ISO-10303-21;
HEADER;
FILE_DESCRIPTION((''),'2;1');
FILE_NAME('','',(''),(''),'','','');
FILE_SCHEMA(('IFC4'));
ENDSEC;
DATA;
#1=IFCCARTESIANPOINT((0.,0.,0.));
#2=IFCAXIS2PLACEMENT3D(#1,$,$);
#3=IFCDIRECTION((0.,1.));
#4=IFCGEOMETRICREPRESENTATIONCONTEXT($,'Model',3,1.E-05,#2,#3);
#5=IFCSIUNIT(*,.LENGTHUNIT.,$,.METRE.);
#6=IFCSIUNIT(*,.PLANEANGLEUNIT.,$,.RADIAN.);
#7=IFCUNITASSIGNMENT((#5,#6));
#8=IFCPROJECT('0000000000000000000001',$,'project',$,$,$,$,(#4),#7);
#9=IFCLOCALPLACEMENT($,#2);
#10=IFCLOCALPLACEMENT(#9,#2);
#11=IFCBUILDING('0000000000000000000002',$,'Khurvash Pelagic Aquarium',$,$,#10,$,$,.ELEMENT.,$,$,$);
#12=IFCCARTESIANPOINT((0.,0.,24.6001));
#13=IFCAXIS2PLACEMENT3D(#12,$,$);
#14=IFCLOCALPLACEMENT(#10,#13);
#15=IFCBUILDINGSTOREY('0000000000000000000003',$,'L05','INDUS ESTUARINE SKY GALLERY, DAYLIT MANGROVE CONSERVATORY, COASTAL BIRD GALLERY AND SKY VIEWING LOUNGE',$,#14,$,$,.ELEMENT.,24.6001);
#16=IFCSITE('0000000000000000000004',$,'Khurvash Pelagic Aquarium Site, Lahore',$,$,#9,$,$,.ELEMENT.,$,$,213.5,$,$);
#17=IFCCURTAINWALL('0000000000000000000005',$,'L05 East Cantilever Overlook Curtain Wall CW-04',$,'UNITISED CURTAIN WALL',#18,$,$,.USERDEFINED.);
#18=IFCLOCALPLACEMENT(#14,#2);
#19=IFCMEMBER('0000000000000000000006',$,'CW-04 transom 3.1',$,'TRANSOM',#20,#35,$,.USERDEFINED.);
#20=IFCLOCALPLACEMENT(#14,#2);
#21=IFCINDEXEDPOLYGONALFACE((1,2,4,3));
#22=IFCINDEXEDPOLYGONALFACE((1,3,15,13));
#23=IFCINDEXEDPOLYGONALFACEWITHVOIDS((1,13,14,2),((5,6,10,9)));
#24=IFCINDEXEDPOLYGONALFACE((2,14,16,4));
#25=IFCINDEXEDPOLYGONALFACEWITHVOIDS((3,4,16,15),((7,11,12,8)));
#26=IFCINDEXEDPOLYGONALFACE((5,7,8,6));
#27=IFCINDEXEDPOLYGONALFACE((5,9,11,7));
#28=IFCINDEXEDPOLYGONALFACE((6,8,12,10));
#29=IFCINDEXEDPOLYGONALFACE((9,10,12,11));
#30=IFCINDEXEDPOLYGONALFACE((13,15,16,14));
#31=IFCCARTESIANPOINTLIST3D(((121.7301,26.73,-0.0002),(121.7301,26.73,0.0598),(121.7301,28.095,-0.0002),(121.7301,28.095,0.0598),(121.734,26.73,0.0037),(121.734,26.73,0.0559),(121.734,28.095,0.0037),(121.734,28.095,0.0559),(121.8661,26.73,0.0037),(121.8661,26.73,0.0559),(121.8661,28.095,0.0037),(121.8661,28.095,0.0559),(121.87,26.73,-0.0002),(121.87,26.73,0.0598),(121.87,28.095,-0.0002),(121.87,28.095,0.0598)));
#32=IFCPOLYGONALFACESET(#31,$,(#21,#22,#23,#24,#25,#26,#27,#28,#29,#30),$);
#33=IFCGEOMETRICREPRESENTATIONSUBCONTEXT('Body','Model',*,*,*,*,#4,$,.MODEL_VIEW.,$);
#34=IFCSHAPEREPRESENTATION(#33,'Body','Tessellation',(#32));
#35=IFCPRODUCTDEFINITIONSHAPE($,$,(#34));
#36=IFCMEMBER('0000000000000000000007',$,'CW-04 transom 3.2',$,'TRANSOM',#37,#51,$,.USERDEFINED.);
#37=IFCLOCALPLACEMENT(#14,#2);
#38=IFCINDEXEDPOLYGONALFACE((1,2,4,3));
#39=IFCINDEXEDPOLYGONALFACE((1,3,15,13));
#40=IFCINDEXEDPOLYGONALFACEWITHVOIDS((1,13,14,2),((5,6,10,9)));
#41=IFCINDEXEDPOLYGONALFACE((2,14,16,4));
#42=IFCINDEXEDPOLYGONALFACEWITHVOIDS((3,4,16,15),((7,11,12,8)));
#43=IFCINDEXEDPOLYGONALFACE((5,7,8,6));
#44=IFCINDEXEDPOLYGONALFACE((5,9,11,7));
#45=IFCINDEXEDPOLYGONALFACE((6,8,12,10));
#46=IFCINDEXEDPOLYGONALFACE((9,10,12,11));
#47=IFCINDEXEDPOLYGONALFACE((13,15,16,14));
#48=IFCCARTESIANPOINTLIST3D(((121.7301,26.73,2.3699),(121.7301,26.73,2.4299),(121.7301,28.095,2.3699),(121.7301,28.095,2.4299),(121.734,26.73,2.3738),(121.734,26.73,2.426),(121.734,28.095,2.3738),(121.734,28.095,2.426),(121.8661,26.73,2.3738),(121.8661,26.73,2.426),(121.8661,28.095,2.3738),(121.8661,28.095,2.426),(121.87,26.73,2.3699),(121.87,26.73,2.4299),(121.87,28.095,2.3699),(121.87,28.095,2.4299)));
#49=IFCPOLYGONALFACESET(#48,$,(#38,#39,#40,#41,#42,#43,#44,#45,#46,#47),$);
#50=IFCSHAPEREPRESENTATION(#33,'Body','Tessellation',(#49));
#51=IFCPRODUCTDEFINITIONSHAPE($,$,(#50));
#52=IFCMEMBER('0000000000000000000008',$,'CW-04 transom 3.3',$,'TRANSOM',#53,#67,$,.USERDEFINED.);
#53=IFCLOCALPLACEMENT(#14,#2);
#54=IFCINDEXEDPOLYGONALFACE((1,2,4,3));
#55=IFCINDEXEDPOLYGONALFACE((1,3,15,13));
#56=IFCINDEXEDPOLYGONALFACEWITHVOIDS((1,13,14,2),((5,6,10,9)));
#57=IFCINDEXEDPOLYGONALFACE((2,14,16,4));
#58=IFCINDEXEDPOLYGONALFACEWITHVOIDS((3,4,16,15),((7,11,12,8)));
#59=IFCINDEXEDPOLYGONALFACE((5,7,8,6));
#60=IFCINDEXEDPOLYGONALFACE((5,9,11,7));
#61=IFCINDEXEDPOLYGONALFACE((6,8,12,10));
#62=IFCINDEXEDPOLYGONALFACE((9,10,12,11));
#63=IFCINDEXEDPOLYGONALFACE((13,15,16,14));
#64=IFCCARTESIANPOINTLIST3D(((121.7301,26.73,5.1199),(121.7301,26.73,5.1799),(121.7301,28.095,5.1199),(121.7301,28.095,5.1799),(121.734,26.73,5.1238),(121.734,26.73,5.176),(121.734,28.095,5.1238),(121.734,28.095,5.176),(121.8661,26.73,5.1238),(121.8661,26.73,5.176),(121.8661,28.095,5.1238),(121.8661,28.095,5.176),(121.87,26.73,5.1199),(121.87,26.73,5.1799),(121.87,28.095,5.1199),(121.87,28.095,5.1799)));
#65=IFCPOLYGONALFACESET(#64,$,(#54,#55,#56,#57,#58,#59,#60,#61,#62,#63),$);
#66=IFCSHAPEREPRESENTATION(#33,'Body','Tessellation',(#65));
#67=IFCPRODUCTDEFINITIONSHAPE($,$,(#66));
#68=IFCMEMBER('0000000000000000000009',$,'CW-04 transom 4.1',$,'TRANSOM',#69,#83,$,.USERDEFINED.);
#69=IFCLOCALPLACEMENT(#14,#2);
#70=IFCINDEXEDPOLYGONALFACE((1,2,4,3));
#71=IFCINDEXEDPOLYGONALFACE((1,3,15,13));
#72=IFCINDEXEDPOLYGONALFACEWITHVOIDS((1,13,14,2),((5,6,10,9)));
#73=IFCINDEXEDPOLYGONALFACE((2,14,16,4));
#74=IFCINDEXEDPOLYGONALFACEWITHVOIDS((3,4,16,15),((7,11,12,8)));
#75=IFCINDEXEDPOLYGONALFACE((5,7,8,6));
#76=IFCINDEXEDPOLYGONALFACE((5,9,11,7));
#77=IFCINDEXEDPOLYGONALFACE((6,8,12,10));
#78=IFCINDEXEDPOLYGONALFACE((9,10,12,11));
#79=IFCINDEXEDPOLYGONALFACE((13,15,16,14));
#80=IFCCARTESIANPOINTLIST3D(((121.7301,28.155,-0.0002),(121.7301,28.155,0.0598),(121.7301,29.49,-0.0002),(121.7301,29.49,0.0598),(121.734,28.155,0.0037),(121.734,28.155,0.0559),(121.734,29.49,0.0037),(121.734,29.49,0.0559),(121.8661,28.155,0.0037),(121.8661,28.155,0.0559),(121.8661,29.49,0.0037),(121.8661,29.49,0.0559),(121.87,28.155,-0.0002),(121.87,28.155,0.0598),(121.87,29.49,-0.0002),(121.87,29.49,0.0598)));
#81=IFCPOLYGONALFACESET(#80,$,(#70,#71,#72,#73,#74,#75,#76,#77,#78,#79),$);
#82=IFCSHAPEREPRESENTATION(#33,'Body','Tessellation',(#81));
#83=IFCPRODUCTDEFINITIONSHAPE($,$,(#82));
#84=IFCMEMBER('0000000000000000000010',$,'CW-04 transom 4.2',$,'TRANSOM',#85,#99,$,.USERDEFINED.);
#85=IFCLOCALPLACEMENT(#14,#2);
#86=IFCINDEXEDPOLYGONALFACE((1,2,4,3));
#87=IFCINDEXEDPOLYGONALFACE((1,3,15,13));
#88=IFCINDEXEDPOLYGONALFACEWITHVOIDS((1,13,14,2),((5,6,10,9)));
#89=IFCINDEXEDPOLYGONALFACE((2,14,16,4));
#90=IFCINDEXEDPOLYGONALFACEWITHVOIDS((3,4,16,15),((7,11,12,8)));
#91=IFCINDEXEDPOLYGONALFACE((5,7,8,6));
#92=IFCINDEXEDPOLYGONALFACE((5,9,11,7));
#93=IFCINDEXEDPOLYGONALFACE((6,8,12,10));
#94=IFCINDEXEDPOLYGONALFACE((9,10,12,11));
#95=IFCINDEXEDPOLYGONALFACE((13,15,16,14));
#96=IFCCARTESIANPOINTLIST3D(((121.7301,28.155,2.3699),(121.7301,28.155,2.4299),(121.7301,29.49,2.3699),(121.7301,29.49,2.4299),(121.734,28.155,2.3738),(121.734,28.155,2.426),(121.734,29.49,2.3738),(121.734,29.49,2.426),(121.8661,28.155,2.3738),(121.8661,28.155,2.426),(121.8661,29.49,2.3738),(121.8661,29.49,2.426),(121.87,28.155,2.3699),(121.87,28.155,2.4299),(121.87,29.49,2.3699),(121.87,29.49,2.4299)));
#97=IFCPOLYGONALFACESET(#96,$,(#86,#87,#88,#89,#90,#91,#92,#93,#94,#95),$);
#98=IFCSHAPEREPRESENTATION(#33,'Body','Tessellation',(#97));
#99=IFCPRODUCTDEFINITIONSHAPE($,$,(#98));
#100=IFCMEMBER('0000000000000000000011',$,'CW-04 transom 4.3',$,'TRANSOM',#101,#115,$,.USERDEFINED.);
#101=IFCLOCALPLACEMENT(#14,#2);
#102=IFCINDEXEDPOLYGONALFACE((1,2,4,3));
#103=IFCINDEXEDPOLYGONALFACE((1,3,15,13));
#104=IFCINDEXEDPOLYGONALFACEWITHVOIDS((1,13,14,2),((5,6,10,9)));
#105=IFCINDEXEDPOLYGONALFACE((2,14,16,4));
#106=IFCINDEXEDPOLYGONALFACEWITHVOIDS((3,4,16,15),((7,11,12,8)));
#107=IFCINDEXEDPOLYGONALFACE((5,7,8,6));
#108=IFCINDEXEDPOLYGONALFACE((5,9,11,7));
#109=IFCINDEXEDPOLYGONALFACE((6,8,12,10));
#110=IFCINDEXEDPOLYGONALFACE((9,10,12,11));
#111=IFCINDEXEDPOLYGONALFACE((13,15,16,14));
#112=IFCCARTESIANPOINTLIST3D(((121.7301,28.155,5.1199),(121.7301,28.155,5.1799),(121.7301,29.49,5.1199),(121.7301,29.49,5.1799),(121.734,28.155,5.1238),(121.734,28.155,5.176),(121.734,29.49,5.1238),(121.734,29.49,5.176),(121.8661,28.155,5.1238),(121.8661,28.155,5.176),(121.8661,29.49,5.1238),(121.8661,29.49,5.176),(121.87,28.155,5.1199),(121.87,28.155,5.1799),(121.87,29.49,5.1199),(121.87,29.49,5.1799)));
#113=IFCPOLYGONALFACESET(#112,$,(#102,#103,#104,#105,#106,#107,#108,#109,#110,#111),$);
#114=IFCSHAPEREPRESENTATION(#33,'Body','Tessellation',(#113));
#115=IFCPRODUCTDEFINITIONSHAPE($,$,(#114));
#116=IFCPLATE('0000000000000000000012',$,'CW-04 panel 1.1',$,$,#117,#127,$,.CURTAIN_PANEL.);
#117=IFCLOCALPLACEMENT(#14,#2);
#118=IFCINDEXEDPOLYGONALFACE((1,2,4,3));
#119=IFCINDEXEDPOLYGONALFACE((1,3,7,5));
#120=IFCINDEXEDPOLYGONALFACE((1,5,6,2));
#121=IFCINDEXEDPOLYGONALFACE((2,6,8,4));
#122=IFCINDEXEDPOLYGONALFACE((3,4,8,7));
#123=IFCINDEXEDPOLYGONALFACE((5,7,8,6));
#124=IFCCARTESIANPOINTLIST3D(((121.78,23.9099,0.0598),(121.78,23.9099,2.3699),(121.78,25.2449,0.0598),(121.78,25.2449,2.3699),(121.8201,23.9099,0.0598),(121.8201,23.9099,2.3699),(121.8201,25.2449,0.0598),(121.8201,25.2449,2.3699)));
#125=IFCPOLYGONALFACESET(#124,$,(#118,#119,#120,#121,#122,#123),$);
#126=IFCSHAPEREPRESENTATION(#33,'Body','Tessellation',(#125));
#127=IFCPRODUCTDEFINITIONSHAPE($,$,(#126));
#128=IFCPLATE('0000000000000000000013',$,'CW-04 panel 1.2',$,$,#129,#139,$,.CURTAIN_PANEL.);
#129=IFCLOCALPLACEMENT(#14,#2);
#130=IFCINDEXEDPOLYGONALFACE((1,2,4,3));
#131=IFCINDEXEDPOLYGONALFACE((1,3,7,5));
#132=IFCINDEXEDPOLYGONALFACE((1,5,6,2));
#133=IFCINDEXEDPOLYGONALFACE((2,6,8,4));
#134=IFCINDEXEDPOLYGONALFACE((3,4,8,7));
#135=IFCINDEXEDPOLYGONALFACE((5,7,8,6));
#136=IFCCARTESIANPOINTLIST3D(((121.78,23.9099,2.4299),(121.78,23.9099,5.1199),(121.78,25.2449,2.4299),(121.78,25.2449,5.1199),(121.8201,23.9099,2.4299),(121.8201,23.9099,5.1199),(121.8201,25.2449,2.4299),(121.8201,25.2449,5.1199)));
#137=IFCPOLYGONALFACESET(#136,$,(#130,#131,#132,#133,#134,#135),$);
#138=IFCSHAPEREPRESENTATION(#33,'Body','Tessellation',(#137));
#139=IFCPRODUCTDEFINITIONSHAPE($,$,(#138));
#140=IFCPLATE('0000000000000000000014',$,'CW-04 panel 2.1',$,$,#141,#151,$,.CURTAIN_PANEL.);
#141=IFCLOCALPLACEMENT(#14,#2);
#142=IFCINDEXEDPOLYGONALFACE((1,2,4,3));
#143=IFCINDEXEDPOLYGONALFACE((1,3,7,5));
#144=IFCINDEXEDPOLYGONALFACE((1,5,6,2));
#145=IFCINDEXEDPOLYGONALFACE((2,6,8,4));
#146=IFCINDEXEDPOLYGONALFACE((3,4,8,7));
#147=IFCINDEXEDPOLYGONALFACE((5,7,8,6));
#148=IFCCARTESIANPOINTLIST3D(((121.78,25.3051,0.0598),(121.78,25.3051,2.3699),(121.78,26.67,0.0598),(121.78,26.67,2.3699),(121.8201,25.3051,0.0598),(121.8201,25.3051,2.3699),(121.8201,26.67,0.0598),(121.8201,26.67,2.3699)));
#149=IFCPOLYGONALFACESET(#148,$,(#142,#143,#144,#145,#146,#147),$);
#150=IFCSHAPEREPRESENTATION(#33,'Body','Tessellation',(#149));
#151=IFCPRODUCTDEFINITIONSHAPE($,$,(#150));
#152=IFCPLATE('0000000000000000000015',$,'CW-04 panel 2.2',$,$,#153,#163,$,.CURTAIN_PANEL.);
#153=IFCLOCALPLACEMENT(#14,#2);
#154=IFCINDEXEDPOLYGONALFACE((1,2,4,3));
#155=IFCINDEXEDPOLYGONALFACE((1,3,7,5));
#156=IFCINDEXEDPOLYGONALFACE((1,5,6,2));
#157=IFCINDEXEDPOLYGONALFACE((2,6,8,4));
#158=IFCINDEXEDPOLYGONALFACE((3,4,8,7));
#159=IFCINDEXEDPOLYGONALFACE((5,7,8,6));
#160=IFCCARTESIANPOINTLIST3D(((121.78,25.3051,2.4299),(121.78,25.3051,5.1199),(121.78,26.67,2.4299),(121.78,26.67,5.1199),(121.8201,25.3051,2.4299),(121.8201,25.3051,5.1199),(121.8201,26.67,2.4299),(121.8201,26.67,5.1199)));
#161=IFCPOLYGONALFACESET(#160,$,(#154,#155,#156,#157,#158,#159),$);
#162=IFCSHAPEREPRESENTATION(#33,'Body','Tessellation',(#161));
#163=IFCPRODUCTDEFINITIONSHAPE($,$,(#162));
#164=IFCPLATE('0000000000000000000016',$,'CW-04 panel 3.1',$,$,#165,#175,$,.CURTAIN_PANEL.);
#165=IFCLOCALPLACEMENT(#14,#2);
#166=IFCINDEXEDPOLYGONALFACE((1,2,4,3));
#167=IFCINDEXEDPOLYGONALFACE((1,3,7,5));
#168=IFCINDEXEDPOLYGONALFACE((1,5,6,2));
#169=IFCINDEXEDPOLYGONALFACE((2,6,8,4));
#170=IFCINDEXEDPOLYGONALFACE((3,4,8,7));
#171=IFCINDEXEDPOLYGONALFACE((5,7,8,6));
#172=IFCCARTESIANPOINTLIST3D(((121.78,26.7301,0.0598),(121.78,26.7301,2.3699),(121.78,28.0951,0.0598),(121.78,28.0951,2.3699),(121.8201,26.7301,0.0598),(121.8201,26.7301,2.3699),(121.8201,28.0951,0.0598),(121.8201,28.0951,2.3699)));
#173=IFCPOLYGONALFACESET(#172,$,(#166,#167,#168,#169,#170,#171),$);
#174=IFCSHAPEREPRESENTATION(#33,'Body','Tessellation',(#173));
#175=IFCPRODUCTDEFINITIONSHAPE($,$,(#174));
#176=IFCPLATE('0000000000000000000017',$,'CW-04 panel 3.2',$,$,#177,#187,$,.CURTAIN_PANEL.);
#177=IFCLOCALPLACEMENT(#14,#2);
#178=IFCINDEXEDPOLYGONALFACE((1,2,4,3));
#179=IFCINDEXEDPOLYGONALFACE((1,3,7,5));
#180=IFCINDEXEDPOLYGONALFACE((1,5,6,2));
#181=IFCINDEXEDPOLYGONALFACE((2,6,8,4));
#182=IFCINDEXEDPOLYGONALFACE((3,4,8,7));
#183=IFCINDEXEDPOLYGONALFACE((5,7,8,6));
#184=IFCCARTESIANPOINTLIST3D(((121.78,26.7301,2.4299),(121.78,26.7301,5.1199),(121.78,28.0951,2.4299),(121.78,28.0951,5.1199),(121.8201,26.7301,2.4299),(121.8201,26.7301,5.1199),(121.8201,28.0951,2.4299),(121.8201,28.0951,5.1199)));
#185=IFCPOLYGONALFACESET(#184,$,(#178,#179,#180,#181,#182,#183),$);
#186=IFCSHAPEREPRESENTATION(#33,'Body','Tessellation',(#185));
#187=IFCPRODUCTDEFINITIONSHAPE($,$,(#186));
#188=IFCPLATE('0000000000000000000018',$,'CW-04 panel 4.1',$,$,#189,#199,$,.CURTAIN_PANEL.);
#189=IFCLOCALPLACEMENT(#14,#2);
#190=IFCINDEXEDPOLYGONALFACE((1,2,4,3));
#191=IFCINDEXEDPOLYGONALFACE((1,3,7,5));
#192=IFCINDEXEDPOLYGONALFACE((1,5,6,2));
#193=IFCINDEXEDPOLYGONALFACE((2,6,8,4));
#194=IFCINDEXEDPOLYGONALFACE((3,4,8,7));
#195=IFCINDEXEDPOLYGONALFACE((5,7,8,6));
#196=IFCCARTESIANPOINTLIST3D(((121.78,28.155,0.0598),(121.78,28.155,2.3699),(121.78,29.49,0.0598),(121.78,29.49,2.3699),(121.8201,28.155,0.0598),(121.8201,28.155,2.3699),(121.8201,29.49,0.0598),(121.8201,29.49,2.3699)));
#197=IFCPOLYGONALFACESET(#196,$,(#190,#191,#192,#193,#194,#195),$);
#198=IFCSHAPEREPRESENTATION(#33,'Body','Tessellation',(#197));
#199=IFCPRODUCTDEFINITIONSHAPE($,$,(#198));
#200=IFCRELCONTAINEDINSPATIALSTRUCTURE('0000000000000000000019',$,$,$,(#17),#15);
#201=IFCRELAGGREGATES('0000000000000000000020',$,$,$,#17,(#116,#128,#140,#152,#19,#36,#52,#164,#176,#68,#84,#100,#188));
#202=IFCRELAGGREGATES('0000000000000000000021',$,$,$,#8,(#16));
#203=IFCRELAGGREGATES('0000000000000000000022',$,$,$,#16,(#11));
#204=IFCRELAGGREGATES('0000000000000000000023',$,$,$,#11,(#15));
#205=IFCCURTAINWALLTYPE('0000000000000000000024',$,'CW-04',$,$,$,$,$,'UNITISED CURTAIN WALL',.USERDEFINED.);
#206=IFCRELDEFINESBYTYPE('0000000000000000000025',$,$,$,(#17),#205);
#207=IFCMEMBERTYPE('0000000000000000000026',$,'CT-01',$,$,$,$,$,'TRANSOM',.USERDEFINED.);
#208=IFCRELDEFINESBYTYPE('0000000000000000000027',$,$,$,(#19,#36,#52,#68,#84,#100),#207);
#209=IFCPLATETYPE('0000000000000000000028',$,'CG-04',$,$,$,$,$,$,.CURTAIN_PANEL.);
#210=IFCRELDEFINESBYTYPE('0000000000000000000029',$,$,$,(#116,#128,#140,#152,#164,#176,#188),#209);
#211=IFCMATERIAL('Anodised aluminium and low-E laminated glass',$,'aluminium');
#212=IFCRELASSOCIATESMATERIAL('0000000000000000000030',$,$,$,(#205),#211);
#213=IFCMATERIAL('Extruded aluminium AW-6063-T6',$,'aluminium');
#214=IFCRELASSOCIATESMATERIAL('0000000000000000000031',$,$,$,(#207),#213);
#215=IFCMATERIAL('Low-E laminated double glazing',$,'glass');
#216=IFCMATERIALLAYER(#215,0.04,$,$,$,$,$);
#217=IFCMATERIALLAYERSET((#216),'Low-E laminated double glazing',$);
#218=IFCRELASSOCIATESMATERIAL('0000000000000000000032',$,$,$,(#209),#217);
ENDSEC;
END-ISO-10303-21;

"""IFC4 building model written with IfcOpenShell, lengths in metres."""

from ifc_helpers import new_model, si_unit, direction, frame, origin, origin_2d, place, context, subcontext, project, spatial, rectangle, hollow_rectangle, extrude, material, layer, layer_set, material_profile, profile_set, type_object, element, aggregate, save


model = new_model("IFC4")

# Units and contexts
model_context = context("Model", 3, precision=1e-05, world=origin(), true_north=direction((0.0, 1.0)))
body_context = subcontext(model_context, "Body", "Model", "MODEL_VIEW")
ifc_project = project(units=[si_unit("LENGTHUNIT", "METRE"), si_unit("PLANEANGLEUNIT", "RADIAN")], contexts=[model_context])

# Site, building, storey
site_placement = place(None, origin())
site = spatial("IfcSite", under=ifc_project, at=site_placement, Name="Khurvash Pelagic Aquarium Site, Lahore", CompositionType="ELEMENT", RefElevation=213.5)
building_placement = place(site_placement, origin())
building = spatial("IfcBuilding", under=site, at=building_placement, Name="Khurvash Pelagic Aquarium", CompositionType="ELEMENT")
storey_placement = place(building_placement, frame((0.0, 0.0, 24.6001)))
storey = spatial("IfcBuildingStorey", under=building, at=storey_placement, Name="L05", Description="INDUS ESTUARINE SKY GALLERY, DAYLIT MANGROVE CONSERVATORY, COASTAL BIRD GALLERY AND SKY VIEWING LOUNGE", CompositionType="ELEMENT", Elevation=24.6001)

# Curtain wall, members, plates
ifc_material_1 = material(Name="Anodised aluminium and low-E laminated glass", Category="aluminium")
curtain_wall_type = type_object("IfcCurtainWallType", Name="CW-04", ElementType="UNITISED CURTAIN WALL", PredefinedType="USERDEFINED", material=ifc_material_1)
curtain_wall_placement = place(storey_placement, origin())
curtain_wall = element("IfcCurtainWall", 1, at=curtain_wall_placement, inside=storey, type_object=curtain_wall_type, Name="L05 East Cantilever Overlook Curtain Wall CW-04", ObjectType="UNITISED CURTAIN WALL", PredefinedType="USERDEFINED")
ifc_material_2 = material(Name="Extruded aluminium AW-6063-T6", Category="aluminium")
ifc_material_profile_1 = material_profile(ifc_material_2, hollow_rectangle(XDim=0.1399, YDim=0.0601, WallThickness=0.0039, at=origin_2d()), Name="CWT140X60X4")
ifc_profile_set_1 = profile_set([ifc_material_profile_1], Name="Extruded aluminium AW-6063-T6")
member_type_1 = type_object("IfcMemberType", Name="CT-01", ElementType="TRANSOM", PredefinedType="USERDEFINED", material=ifc_profile_set_1)
member_1_placement = place(storey_placement, frame((121.8, 26.73, 0.0298), z_axis=(0.0, 1.0, 0.0), x_axis=(-1.0, 0.0, 0.0)))
member_1 = element("IfcMember", 2, at=member_1_placement, type_object=member_type_1, Name="CW-04 transom 3.1", ObjectType="TRANSOM", PredefinedType="USERDEFINED", context=body_context, shape_type="SweptSolid", body=[
    extrude(hollow_rectangle(XDim=0.1399, YDim=0.0601, WallThickness=0.0039, at=origin_2d()), origin(), (0.0, 0.0, 1.0), 1.365),
])
member_2_placement = place(storey_placement, frame((121.8, 26.73, 2.3999), z_axis=(0.0, 1.0, 0.0), x_axis=(-1.0, 0.0, 0.0)))
member_2 = element("IfcMember", 3, at=member_2_placement, type_object=member_type_1, Name="CW-04 transom 3.2", ObjectType="TRANSOM", PredefinedType="USERDEFINED", context=body_context, shape_type="SweptSolid", body=[
    extrude(hollow_rectangle(XDim=0.1399, YDim=0.0601, WallThickness=0.0039, at=origin_2d()), origin(), (0.0, 0.0, 1.0), 1.365),
])
member_3_placement = place(storey_placement, frame((121.8, 26.73, 5.1499), z_axis=(0.0, 1.0, 0.0), x_axis=(-1.0, 0.0, 0.0)))
member_3 = element("IfcMember", 4, at=member_3_placement, type_object=member_type_1, Name="CW-04 transom 3.3", ObjectType="TRANSOM", PredefinedType="USERDEFINED", context=body_context, shape_type="SweptSolid", body=[
    extrude(hollow_rectangle(XDim=0.1399, YDim=0.0601, WallThickness=0.0039, at=origin_2d()), origin(), (0.0, 0.0, 1.0), 1.365),
])
member_4_placement = place(storey_placement, frame((121.8, 28.155, 0.0298), z_axis=(0.0, 1.0, 0.0), x_axis=(-1.0, 0.0, 0.0)))
member_4 = element("IfcMember", 5, at=member_4_placement, type_object=member_type_1, Name="CW-04 transom 4.1", ObjectType="TRANSOM", PredefinedType="USERDEFINED", context=body_context, shape_type="SweptSolid", body=[
    extrude(hollow_rectangle(XDim=0.1399, YDim=0.0601, WallThickness=0.0039, at=origin_2d()), origin(), (0.0, 0.0, 1.0), 1.335),
])
member_5_placement = place(storey_placement, frame((121.8, 28.155, 2.3999), z_axis=(0.0, 1.0, 0.0), x_axis=(-1.0, 0.0, 0.0)))
member_5 = element("IfcMember", 6, at=member_5_placement, type_object=member_type_1, Name="CW-04 transom 4.2", ObjectType="TRANSOM", PredefinedType="USERDEFINED", context=body_context, shape_type="SweptSolid", body=[
    extrude(hollow_rectangle(XDim=0.1399, YDim=0.0601, WallThickness=0.0039, at=origin_2d()), origin(), (0.0, 0.0, 1.0), 1.335),
])
member_6_placement = place(storey_placement, frame((121.8, 28.155, 5.1499), z_axis=(0.0, 1.0, 0.0), x_axis=(-1.0, 0.0, 0.0)))
member_6 = element("IfcMember", 7, at=member_6_placement, type_object=member_type_1, Name="CW-04 transom 4.3", ObjectType="TRANSOM", PredefinedType="USERDEFINED", context=body_context, shape_type="SweptSolid", body=[
    extrude(hollow_rectangle(XDim=0.1399, YDim=0.0601, WallThickness=0.0039, at=origin_2d()), origin(), (0.0, 0.0, 1.0), 1.335),
])
ifc_material_3 = material(Name="Low-E laminated double glazing", Category="glass")
ifc_layer_1 = layer(ifc_material_3, 0.04)
ifc_layer_set_1 = layer_set([ifc_layer_1], Name="Low-E laminated double glazing")
plate_type_1 = type_object("IfcPlateType", Name="CG-04", PredefinedType="CURTAIN_PANEL", material=ifc_layer_set_1)
plate_1_placement = place(storey_placement, frame((121.8, 24.5774, 0.0598), z_axis=(0.0, 0.0, 1.0), x_axis=(0.0, 1.0, 0.0)))
plate_1 = element("IfcPlate", 8, at=plate_1_placement, type_object=plate_type_1, Name="CW-04 panel 1.1", PredefinedType="CURTAIN_PANEL", context=body_context, shape_type="SweptSolid", body=[
    extrude(rectangle(XDim=1.335, YDim=0.04, at=origin_2d()), origin(), (0.0, 0.0, 1.0), 2.3101),
])
plate_2_placement = place(storey_placement, frame((121.8, 24.5774, 2.4299), z_axis=(0.0, 0.0, 1.0), x_axis=(0.0, 1.0, 0.0)))
plate_2 = element("IfcPlate", 9, at=plate_2_placement, type_object=plate_type_1, Name="CW-04 panel 1.2", PredefinedType="CURTAIN_PANEL", context=body_context, shape_type="SweptSolid", body=[
    extrude(rectangle(XDim=1.335, YDim=0.04, at=origin_2d()), origin(), (0.0, 0.0, 1.0), 2.6899),
])
plate_3_placement = place(storey_placement, frame((121.8, 25.9875, 0.0598), z_axis=(0.0, 0.0, 1.0), x_axis=(0.0, 1.0, 0.0)))
plate_3 = element("IfcPlate", 10, at=plate_3_placement, type_object=plate_type_1, Name="CW-04 panel 2.1", PredefinedType="CURTAIN_PANEL", context=body_context, shape_type="SweptSolid", body=[
    extrude(rectangle(XDim=1.365, YDim=0.04, at=origin_2d()), origin(), (0.0, 0.0, 1.0), 2.3101),
])
plate_4_placement = place(storey_placement, frame((121.8, 25.9875, 2.4299), z_axis=(0.0, 0.0, 1.0), x_axis=(0.0, 1.0, 0.0)))
plate_4 = element("IfcPlate", 11, at=plate_4_placement, type_object=plate_type_1, Name="CW-04 panel 2.2", PredefinedType="CURTAIN_PANEL", context=body_context, shape_type="SweptSolid", body=[
    extrude(rectangle(XDim=1.365, YDim=0.04, at=origin_2d()), origin(), (0.0, 0.0, 1.0), 2.6899),
])
plate_5_placement = place(storey_placement, frame((121.8, 27.4126, 0.0598), z_axis=(0.0, 0.0, 1.0), x_axis=(0.0, 1.0, 0.0)))
plate_5 = element("IfcPlate", 12, at=plate_5_placement, type_object=plate_type_1, Name="CW-04 panel 3.1", PredefinedType="CURTAIN_PANEL", context=body_context, shape_type="SweptSolid", body=[
    extrude(rectangle(XDim=1.365, YDim=0.04, at=origin_2d()), origin(), (0.0, 0.0, 1.0), 2.3101),
])
plate_6_placement = place(storey_placement, frame((121.8, 27.4126, 2.4299), z_axis=(0.0, 0.0, 1.0), x_axis=(0.0, 1.0, 0.0)))
plate_6 = element("IfcPlate", 13, at=plate_6_placement, type_object=plate_type_1, Name="CW-04 panel 3.2", PredefinedType="CURTAIN_PANEL", context=body_context, shape_type="SweptSolid", body=[
    extrude(rectangle(XDim=1.365, YDim=0.04, at=origin_2d()), origin(), (0.0, 0.0, 1.0), 2.6899),
])
plate_7_placement = place(storey_placement, frame((121.8, 28.8225, 0.0598), z_axis=(0.0, 0.0, 1.0), x_axis=(0.0, 1.0, 0.0)))
plate_7 = element("IfcPlate", 14, at=plate_7_placement, type_object=plate_type_1, Name="CW-04 panel 4.1", PredefinedType="CURTAIN_PANEL", context=body_context, shape_type="SweptSolid", body=[
    extrude(rectangle(XDim=1.335, YDim=0.04, at=origin_2d()), origin(), (0.0, 0.0, 1.0), 2.3101),
])
aggregate(curtain_wall, [plate_1, plate_2, plate_3, plate_4, member_1, member_2, member_3, plate_5, plate_6, member_4, member_5, member_6, plate_7])

save(model, "model.ifc")
